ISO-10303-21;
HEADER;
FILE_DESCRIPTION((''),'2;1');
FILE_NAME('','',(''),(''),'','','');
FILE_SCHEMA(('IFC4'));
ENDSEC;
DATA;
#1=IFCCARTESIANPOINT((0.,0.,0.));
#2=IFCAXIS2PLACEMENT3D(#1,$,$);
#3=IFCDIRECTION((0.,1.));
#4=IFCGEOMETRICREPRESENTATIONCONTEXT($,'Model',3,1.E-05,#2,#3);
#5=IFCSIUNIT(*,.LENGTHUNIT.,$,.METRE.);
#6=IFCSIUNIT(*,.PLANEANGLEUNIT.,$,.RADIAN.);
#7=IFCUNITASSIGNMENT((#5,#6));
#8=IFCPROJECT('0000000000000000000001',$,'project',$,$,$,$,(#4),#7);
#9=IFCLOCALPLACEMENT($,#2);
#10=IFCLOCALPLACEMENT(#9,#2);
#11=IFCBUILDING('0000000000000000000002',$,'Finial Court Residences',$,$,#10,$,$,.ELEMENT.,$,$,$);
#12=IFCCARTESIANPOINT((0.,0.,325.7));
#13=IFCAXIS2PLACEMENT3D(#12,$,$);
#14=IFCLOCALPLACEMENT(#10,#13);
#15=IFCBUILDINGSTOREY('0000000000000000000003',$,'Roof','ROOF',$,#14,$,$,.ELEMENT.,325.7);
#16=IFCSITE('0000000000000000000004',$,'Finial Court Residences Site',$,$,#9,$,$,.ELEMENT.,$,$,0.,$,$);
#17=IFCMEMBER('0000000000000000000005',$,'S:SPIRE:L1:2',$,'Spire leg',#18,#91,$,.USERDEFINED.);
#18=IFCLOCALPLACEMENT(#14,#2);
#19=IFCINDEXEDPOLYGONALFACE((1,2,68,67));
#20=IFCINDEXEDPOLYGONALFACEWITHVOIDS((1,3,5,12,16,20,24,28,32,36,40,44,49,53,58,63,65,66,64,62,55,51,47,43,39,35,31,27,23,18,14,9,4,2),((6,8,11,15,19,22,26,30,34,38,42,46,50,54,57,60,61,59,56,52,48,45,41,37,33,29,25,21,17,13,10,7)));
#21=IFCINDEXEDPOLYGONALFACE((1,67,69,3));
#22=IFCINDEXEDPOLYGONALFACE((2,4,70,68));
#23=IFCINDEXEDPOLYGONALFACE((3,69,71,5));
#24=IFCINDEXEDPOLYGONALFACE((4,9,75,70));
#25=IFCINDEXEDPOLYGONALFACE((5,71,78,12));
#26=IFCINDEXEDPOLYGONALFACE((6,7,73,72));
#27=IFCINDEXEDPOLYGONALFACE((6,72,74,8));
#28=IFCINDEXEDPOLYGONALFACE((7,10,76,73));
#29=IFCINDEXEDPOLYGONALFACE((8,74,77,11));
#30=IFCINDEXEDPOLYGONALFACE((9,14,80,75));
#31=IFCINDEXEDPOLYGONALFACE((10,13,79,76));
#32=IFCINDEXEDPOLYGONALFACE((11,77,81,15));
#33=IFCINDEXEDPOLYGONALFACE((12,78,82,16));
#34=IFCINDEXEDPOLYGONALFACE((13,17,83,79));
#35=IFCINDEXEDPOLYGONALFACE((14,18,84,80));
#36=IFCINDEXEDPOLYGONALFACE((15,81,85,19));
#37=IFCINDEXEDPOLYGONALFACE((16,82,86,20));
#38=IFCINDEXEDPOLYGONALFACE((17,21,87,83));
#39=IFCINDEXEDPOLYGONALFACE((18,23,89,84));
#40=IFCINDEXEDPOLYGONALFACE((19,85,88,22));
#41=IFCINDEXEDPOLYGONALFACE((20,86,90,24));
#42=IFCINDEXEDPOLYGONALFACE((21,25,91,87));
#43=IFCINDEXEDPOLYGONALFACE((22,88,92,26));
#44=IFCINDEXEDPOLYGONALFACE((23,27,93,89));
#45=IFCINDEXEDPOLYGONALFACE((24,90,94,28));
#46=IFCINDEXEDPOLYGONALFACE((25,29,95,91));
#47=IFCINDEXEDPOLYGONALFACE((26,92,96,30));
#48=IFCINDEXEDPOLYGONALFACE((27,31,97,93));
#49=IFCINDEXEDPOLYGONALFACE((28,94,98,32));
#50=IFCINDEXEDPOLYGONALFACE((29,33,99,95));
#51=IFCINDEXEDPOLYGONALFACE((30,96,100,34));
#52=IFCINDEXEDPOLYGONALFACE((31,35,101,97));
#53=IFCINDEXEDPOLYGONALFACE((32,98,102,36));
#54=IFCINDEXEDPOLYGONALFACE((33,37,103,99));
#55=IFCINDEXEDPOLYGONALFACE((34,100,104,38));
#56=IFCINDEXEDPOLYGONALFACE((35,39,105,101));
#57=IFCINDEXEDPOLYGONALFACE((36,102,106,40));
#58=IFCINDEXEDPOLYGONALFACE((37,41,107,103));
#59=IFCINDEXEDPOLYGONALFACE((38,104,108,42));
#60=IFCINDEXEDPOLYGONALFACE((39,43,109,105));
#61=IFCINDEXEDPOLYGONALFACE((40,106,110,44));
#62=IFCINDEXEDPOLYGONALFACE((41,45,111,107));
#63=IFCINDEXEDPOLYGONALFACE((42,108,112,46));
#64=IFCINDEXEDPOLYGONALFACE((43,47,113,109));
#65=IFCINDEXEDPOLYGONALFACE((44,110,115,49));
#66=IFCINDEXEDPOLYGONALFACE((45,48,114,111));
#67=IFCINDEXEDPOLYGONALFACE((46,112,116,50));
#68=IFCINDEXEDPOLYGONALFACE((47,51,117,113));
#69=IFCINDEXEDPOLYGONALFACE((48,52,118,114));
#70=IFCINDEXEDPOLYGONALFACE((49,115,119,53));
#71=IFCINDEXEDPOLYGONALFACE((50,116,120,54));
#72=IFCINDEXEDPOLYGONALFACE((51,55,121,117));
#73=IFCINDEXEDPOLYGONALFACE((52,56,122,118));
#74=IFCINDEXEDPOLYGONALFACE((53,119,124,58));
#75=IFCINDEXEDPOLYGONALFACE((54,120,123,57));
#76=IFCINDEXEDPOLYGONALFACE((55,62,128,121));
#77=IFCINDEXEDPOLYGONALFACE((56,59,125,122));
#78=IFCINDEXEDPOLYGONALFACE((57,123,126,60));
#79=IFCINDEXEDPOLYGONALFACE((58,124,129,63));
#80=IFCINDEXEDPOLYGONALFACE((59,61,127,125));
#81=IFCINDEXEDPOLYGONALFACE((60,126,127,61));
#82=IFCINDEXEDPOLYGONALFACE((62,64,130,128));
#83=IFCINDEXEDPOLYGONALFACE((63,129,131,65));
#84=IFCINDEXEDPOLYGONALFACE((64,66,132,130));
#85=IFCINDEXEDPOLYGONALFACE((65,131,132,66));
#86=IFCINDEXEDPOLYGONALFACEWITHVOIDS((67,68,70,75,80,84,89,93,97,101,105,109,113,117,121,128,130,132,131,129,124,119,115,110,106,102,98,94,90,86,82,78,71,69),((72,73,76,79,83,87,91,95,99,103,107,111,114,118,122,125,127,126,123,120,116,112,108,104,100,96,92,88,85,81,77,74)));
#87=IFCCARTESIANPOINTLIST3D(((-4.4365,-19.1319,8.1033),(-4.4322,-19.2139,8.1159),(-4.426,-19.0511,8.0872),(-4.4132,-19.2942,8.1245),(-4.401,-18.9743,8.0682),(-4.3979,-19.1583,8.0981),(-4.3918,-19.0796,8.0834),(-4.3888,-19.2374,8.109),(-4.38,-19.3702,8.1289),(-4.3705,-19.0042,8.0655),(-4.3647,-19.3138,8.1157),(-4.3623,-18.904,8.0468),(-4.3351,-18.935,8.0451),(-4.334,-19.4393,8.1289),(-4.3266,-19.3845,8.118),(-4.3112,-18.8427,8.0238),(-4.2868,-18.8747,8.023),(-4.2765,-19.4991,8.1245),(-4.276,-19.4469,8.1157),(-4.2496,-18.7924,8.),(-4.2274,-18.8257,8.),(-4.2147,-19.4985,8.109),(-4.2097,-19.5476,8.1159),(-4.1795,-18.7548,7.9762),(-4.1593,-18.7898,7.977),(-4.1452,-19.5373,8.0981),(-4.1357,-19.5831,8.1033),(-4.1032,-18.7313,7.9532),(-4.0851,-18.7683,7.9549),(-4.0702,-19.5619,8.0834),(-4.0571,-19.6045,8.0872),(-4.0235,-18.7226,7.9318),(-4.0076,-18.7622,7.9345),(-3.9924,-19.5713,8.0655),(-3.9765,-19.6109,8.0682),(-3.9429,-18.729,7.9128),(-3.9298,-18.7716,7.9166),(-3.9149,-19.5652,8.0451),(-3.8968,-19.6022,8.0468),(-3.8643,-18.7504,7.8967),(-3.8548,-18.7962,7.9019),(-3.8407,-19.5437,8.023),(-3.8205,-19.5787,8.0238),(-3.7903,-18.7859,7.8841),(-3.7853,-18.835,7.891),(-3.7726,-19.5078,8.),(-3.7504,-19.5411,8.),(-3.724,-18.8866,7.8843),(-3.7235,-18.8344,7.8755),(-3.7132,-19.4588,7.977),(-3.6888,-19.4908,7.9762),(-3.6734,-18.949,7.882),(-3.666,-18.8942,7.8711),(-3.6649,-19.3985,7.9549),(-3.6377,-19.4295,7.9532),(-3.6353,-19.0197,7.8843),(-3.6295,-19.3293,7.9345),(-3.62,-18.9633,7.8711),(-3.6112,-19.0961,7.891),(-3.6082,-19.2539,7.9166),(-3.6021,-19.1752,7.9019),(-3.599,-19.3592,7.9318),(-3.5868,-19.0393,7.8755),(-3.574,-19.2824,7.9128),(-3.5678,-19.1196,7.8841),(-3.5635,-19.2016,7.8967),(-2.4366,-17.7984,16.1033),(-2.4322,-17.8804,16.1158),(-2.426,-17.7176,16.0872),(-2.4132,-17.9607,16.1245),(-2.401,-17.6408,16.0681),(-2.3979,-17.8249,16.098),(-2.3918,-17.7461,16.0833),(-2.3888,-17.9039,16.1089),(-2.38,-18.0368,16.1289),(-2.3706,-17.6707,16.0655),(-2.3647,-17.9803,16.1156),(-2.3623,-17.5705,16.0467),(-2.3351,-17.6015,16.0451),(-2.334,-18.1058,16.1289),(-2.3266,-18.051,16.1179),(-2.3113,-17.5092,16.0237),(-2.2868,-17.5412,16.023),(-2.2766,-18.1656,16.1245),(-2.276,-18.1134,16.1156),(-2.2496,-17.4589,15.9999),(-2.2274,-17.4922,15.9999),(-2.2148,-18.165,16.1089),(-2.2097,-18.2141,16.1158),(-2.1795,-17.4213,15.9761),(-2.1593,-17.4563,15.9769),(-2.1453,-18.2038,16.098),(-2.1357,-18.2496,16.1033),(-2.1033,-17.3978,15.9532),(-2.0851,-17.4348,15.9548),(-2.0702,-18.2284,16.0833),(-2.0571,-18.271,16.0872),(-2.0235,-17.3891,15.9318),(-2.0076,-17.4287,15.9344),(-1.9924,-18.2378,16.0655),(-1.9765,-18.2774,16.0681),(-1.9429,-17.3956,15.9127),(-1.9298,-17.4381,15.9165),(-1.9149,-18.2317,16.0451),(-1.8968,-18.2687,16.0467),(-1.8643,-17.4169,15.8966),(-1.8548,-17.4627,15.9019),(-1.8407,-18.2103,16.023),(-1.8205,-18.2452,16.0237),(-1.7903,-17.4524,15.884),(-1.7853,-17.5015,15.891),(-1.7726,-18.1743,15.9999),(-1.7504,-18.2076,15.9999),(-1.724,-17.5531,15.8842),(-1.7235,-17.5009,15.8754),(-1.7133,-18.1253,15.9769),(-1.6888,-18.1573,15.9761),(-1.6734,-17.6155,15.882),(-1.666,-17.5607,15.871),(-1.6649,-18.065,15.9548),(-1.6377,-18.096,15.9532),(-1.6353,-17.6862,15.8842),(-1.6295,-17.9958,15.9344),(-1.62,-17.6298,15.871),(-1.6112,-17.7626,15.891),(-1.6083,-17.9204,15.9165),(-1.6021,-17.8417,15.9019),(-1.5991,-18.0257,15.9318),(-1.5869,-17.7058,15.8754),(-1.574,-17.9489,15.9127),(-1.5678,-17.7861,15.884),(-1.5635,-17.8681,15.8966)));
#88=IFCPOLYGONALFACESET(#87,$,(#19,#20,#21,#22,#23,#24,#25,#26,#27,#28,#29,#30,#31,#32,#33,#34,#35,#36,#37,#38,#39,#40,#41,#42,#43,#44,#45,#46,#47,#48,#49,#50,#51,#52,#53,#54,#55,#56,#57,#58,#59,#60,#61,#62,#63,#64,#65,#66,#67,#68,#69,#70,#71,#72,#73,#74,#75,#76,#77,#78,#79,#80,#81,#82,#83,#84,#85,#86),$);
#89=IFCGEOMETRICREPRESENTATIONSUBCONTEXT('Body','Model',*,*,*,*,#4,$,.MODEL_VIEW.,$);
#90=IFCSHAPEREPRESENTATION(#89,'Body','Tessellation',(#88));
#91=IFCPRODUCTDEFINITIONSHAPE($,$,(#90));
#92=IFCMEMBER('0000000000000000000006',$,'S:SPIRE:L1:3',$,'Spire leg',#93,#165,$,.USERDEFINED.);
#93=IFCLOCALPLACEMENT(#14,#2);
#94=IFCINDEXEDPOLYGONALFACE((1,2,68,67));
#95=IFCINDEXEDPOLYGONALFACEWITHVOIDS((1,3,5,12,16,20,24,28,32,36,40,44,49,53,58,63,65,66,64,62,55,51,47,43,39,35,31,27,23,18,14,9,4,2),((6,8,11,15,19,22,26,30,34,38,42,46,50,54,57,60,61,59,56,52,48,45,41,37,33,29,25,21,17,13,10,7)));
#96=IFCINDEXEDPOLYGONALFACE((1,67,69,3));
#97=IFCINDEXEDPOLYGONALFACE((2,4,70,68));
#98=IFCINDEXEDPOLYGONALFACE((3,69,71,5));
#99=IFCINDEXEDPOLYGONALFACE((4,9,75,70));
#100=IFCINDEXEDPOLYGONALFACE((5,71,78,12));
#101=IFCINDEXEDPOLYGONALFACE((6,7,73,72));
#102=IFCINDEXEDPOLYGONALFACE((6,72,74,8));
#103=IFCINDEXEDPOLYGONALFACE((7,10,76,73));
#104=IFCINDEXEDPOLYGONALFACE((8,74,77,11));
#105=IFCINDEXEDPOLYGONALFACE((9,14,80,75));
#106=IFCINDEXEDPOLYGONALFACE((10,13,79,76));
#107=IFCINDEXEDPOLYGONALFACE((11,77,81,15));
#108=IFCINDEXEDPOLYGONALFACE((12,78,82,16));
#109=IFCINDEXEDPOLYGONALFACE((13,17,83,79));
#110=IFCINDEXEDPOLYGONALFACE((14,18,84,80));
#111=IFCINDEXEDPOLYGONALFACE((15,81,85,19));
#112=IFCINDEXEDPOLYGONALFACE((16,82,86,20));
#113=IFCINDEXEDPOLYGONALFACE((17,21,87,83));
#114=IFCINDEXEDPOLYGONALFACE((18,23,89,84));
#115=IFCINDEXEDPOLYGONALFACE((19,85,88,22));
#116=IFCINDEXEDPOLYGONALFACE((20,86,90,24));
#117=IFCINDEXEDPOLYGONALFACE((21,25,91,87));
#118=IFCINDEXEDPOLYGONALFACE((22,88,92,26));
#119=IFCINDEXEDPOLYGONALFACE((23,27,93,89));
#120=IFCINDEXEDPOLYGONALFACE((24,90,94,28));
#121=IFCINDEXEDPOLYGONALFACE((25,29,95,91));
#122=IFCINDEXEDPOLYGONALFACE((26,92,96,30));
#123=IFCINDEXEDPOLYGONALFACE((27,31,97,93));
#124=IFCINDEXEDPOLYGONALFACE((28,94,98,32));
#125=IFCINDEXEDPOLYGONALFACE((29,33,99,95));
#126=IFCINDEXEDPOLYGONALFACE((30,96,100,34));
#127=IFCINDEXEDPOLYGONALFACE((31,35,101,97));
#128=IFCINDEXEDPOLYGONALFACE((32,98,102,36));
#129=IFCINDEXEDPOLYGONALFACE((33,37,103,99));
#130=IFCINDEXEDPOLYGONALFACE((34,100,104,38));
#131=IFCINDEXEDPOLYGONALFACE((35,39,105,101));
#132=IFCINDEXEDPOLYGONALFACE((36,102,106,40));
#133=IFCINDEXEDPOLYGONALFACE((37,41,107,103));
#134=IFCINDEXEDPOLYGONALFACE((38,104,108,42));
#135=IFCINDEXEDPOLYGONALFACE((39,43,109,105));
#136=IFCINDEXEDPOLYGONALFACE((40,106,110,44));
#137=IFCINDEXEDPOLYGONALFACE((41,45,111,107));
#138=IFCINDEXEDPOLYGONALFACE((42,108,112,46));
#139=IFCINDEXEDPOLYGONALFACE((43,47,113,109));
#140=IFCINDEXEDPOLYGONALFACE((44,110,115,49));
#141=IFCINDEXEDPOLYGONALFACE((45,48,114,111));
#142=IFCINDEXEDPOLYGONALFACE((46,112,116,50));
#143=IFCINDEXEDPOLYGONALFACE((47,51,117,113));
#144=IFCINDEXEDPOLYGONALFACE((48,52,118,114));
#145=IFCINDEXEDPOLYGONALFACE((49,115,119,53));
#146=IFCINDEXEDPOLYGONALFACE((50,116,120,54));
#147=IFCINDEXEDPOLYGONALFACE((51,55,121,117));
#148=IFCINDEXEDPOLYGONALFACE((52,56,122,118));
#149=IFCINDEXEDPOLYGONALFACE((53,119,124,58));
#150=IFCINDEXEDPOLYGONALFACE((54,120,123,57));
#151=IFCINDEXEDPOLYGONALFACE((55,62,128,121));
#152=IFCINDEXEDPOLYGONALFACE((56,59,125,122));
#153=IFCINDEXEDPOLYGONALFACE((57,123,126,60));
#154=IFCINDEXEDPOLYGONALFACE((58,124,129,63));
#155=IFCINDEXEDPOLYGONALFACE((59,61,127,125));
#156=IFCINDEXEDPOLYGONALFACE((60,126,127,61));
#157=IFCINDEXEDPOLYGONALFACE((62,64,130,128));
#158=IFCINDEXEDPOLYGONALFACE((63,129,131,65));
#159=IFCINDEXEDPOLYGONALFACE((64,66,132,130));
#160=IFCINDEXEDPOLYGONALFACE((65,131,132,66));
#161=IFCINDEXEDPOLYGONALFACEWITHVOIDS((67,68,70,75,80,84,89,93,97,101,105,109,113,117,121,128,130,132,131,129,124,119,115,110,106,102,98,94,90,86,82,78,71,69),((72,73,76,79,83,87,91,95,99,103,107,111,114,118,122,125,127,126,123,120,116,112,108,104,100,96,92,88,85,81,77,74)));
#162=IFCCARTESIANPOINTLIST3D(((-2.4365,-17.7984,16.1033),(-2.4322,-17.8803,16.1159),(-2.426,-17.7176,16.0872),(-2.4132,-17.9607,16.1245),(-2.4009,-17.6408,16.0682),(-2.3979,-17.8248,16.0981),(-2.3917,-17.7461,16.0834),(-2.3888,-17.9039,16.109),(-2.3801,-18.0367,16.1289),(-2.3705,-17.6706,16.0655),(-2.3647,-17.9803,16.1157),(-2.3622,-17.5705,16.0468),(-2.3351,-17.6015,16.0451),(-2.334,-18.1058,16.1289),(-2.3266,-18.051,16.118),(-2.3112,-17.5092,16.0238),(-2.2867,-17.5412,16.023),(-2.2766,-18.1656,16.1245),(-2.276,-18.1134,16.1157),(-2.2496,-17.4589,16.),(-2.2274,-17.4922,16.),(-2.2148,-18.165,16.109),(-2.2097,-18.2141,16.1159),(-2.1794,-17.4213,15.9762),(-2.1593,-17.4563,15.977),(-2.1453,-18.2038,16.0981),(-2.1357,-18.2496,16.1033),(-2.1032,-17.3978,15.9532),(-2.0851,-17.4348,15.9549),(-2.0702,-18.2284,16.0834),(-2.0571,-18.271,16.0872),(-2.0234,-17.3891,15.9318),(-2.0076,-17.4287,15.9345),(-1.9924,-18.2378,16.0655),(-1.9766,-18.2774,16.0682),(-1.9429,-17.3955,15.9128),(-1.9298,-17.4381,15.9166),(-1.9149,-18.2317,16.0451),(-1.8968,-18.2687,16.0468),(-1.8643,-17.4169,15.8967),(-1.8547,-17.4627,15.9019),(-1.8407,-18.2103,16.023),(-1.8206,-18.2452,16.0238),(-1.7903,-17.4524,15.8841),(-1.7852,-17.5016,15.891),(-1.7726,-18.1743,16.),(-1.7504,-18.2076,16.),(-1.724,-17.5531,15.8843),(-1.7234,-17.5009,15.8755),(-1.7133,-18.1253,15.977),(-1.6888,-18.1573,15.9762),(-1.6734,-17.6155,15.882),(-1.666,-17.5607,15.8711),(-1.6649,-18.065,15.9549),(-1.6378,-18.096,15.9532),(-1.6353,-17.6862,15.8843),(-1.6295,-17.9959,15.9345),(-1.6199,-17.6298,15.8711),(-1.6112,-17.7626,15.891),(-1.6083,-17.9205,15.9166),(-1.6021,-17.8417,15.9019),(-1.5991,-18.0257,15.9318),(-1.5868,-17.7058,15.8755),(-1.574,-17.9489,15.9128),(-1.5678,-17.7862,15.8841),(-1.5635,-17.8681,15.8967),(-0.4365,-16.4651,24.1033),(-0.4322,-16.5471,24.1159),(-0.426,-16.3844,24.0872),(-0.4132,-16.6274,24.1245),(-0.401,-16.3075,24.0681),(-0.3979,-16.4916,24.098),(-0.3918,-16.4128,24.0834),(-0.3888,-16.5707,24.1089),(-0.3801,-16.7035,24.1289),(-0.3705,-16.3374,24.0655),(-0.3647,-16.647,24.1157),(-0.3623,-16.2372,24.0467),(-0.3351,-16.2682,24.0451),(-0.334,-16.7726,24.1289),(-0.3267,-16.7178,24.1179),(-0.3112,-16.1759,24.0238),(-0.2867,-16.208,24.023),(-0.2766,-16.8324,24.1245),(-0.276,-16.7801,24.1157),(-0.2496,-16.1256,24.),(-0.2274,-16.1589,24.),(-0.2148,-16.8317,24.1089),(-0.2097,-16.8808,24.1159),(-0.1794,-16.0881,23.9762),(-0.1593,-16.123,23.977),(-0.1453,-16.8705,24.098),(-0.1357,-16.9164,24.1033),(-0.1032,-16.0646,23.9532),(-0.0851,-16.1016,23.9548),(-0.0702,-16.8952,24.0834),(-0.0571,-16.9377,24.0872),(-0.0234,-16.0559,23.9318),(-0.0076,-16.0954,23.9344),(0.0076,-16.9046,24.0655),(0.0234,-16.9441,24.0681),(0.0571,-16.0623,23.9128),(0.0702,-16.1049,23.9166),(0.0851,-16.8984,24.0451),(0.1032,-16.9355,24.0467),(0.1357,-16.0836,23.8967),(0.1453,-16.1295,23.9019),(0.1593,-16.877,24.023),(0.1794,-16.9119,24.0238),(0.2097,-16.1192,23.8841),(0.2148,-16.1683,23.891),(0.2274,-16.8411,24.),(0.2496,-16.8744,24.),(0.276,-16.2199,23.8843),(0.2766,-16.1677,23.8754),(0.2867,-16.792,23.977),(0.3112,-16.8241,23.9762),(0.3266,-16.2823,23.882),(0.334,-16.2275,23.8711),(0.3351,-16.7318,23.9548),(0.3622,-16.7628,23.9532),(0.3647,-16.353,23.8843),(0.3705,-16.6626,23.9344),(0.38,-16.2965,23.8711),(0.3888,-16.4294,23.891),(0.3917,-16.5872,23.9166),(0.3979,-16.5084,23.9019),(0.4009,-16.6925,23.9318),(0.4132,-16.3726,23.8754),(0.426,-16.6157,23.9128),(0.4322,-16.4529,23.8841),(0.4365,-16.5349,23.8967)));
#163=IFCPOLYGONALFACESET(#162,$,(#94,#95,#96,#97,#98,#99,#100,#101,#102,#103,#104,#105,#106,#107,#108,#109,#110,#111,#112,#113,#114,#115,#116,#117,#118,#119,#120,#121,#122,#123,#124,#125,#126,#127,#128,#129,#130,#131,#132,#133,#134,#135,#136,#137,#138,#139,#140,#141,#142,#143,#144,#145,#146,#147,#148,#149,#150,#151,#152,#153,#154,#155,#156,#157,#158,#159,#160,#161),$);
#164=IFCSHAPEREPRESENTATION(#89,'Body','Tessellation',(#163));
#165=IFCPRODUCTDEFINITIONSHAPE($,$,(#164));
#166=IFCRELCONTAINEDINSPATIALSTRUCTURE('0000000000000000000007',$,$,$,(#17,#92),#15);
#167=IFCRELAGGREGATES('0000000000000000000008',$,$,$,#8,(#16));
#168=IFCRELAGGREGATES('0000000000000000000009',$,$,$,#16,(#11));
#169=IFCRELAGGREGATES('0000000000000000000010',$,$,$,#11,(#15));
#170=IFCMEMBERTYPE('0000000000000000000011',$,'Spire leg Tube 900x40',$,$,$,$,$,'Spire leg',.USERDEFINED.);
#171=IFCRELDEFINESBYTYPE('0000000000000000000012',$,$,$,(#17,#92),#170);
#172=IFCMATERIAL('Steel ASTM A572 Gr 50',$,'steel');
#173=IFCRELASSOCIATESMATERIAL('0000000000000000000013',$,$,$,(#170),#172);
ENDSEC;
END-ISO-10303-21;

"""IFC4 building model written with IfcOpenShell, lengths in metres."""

from ifc_helpers import new_model, si_unit, direction, frame, origin, origin_2d, place, context, subcontext, project, spatial, hollow_circle, extrude, material, material_profile, profile_set, type_object, element, save


model = new_model("IFC4")

# Units and contexts
model_context = context("Model", 3, precision=1e-05, world=origin(), true_north=direction((0.0, 1.0)))
body_context = subcontext(model_context, "Body", "Model", "MODEL_VIEW")
ifc_project = project(units=[si_unit("LENGTHUNIT", "METRE"), si_unit("PLANEANGLEUNIT", "RADIAN")], contexts=[model_context])

# Site, building, storey
site_placement = place(None, origin())
site = spatial("IfcSite", under=ifc_project, at=site_placement, Name="Finial Court Residences Site", CompositionType="ELEMENT", RefElevation=0.0)
building_placement = place(site_placement, origin())
building = spatial("IfcBuilding", under=site, at=building_placement, Name="Finial Court Residences", CompositionType="ELEMENT")
storey_placement = place(building_placement, frame((0.0, 0.0, 325.7)))
storey = spatial("IfcBuildingStorey", under=building, at=storey_placement, Name="Roof", Description="ROOF", CompositionType="ELEMENT", Elevation=325.7)

# Members
ifc_material = material(Name="Steel ASTM A572 Gr 50", Category="steel")
ifc_material_profile_1 = material_profile(ifc_material, hollow_circle(Radius=0.45, WallThickness=0.04, at=origin_2d()), Name="Tube 900x40")
ifc_profile_set_1 = profile_set([ifc_material_profile_1], Name="Steel ASTM A572 Gr 50")
member_type_1 = type_object("IfcMemberType", Name="Spire leg Tube 900x40", ElementType="Spire leg", PredefinedType="USERDEFINED", material=ifc_profile_set_1)
for number, where, z_axis, x_axis, name in (
    (1, (-4.0, -19.1667, 8.0), (0.239425, 0.159636, 0.957701), (-0.554747, 0.832019, 0.0), "S:SPIRE:L1:2"),
    (2, (-2.0, -17.8333, 16.0), (0.239426, 0.159608, 0.957706), (-0.554677, 0.832066, 0.0), "S:SPIRE:L1:3"),
):
    element("IfcMember", number, at=place(storey_placement, frame(where, z_axis=z_axis, x_axis=x_axis)), inside=storey, type_object=member_type_1, Name=name, ObjectType="Spire leg", PredefinedType="USERDEFINED", context=body_context, shape_type="SweptSolid", body=[
        extrude(hollow_circle(Radius=0.45, WallThickness=0.04, at=origin_2d()), origin(), (0.0, 0.0, 1.0), 8.3533),
    ])

save(model, "model.ifc")
